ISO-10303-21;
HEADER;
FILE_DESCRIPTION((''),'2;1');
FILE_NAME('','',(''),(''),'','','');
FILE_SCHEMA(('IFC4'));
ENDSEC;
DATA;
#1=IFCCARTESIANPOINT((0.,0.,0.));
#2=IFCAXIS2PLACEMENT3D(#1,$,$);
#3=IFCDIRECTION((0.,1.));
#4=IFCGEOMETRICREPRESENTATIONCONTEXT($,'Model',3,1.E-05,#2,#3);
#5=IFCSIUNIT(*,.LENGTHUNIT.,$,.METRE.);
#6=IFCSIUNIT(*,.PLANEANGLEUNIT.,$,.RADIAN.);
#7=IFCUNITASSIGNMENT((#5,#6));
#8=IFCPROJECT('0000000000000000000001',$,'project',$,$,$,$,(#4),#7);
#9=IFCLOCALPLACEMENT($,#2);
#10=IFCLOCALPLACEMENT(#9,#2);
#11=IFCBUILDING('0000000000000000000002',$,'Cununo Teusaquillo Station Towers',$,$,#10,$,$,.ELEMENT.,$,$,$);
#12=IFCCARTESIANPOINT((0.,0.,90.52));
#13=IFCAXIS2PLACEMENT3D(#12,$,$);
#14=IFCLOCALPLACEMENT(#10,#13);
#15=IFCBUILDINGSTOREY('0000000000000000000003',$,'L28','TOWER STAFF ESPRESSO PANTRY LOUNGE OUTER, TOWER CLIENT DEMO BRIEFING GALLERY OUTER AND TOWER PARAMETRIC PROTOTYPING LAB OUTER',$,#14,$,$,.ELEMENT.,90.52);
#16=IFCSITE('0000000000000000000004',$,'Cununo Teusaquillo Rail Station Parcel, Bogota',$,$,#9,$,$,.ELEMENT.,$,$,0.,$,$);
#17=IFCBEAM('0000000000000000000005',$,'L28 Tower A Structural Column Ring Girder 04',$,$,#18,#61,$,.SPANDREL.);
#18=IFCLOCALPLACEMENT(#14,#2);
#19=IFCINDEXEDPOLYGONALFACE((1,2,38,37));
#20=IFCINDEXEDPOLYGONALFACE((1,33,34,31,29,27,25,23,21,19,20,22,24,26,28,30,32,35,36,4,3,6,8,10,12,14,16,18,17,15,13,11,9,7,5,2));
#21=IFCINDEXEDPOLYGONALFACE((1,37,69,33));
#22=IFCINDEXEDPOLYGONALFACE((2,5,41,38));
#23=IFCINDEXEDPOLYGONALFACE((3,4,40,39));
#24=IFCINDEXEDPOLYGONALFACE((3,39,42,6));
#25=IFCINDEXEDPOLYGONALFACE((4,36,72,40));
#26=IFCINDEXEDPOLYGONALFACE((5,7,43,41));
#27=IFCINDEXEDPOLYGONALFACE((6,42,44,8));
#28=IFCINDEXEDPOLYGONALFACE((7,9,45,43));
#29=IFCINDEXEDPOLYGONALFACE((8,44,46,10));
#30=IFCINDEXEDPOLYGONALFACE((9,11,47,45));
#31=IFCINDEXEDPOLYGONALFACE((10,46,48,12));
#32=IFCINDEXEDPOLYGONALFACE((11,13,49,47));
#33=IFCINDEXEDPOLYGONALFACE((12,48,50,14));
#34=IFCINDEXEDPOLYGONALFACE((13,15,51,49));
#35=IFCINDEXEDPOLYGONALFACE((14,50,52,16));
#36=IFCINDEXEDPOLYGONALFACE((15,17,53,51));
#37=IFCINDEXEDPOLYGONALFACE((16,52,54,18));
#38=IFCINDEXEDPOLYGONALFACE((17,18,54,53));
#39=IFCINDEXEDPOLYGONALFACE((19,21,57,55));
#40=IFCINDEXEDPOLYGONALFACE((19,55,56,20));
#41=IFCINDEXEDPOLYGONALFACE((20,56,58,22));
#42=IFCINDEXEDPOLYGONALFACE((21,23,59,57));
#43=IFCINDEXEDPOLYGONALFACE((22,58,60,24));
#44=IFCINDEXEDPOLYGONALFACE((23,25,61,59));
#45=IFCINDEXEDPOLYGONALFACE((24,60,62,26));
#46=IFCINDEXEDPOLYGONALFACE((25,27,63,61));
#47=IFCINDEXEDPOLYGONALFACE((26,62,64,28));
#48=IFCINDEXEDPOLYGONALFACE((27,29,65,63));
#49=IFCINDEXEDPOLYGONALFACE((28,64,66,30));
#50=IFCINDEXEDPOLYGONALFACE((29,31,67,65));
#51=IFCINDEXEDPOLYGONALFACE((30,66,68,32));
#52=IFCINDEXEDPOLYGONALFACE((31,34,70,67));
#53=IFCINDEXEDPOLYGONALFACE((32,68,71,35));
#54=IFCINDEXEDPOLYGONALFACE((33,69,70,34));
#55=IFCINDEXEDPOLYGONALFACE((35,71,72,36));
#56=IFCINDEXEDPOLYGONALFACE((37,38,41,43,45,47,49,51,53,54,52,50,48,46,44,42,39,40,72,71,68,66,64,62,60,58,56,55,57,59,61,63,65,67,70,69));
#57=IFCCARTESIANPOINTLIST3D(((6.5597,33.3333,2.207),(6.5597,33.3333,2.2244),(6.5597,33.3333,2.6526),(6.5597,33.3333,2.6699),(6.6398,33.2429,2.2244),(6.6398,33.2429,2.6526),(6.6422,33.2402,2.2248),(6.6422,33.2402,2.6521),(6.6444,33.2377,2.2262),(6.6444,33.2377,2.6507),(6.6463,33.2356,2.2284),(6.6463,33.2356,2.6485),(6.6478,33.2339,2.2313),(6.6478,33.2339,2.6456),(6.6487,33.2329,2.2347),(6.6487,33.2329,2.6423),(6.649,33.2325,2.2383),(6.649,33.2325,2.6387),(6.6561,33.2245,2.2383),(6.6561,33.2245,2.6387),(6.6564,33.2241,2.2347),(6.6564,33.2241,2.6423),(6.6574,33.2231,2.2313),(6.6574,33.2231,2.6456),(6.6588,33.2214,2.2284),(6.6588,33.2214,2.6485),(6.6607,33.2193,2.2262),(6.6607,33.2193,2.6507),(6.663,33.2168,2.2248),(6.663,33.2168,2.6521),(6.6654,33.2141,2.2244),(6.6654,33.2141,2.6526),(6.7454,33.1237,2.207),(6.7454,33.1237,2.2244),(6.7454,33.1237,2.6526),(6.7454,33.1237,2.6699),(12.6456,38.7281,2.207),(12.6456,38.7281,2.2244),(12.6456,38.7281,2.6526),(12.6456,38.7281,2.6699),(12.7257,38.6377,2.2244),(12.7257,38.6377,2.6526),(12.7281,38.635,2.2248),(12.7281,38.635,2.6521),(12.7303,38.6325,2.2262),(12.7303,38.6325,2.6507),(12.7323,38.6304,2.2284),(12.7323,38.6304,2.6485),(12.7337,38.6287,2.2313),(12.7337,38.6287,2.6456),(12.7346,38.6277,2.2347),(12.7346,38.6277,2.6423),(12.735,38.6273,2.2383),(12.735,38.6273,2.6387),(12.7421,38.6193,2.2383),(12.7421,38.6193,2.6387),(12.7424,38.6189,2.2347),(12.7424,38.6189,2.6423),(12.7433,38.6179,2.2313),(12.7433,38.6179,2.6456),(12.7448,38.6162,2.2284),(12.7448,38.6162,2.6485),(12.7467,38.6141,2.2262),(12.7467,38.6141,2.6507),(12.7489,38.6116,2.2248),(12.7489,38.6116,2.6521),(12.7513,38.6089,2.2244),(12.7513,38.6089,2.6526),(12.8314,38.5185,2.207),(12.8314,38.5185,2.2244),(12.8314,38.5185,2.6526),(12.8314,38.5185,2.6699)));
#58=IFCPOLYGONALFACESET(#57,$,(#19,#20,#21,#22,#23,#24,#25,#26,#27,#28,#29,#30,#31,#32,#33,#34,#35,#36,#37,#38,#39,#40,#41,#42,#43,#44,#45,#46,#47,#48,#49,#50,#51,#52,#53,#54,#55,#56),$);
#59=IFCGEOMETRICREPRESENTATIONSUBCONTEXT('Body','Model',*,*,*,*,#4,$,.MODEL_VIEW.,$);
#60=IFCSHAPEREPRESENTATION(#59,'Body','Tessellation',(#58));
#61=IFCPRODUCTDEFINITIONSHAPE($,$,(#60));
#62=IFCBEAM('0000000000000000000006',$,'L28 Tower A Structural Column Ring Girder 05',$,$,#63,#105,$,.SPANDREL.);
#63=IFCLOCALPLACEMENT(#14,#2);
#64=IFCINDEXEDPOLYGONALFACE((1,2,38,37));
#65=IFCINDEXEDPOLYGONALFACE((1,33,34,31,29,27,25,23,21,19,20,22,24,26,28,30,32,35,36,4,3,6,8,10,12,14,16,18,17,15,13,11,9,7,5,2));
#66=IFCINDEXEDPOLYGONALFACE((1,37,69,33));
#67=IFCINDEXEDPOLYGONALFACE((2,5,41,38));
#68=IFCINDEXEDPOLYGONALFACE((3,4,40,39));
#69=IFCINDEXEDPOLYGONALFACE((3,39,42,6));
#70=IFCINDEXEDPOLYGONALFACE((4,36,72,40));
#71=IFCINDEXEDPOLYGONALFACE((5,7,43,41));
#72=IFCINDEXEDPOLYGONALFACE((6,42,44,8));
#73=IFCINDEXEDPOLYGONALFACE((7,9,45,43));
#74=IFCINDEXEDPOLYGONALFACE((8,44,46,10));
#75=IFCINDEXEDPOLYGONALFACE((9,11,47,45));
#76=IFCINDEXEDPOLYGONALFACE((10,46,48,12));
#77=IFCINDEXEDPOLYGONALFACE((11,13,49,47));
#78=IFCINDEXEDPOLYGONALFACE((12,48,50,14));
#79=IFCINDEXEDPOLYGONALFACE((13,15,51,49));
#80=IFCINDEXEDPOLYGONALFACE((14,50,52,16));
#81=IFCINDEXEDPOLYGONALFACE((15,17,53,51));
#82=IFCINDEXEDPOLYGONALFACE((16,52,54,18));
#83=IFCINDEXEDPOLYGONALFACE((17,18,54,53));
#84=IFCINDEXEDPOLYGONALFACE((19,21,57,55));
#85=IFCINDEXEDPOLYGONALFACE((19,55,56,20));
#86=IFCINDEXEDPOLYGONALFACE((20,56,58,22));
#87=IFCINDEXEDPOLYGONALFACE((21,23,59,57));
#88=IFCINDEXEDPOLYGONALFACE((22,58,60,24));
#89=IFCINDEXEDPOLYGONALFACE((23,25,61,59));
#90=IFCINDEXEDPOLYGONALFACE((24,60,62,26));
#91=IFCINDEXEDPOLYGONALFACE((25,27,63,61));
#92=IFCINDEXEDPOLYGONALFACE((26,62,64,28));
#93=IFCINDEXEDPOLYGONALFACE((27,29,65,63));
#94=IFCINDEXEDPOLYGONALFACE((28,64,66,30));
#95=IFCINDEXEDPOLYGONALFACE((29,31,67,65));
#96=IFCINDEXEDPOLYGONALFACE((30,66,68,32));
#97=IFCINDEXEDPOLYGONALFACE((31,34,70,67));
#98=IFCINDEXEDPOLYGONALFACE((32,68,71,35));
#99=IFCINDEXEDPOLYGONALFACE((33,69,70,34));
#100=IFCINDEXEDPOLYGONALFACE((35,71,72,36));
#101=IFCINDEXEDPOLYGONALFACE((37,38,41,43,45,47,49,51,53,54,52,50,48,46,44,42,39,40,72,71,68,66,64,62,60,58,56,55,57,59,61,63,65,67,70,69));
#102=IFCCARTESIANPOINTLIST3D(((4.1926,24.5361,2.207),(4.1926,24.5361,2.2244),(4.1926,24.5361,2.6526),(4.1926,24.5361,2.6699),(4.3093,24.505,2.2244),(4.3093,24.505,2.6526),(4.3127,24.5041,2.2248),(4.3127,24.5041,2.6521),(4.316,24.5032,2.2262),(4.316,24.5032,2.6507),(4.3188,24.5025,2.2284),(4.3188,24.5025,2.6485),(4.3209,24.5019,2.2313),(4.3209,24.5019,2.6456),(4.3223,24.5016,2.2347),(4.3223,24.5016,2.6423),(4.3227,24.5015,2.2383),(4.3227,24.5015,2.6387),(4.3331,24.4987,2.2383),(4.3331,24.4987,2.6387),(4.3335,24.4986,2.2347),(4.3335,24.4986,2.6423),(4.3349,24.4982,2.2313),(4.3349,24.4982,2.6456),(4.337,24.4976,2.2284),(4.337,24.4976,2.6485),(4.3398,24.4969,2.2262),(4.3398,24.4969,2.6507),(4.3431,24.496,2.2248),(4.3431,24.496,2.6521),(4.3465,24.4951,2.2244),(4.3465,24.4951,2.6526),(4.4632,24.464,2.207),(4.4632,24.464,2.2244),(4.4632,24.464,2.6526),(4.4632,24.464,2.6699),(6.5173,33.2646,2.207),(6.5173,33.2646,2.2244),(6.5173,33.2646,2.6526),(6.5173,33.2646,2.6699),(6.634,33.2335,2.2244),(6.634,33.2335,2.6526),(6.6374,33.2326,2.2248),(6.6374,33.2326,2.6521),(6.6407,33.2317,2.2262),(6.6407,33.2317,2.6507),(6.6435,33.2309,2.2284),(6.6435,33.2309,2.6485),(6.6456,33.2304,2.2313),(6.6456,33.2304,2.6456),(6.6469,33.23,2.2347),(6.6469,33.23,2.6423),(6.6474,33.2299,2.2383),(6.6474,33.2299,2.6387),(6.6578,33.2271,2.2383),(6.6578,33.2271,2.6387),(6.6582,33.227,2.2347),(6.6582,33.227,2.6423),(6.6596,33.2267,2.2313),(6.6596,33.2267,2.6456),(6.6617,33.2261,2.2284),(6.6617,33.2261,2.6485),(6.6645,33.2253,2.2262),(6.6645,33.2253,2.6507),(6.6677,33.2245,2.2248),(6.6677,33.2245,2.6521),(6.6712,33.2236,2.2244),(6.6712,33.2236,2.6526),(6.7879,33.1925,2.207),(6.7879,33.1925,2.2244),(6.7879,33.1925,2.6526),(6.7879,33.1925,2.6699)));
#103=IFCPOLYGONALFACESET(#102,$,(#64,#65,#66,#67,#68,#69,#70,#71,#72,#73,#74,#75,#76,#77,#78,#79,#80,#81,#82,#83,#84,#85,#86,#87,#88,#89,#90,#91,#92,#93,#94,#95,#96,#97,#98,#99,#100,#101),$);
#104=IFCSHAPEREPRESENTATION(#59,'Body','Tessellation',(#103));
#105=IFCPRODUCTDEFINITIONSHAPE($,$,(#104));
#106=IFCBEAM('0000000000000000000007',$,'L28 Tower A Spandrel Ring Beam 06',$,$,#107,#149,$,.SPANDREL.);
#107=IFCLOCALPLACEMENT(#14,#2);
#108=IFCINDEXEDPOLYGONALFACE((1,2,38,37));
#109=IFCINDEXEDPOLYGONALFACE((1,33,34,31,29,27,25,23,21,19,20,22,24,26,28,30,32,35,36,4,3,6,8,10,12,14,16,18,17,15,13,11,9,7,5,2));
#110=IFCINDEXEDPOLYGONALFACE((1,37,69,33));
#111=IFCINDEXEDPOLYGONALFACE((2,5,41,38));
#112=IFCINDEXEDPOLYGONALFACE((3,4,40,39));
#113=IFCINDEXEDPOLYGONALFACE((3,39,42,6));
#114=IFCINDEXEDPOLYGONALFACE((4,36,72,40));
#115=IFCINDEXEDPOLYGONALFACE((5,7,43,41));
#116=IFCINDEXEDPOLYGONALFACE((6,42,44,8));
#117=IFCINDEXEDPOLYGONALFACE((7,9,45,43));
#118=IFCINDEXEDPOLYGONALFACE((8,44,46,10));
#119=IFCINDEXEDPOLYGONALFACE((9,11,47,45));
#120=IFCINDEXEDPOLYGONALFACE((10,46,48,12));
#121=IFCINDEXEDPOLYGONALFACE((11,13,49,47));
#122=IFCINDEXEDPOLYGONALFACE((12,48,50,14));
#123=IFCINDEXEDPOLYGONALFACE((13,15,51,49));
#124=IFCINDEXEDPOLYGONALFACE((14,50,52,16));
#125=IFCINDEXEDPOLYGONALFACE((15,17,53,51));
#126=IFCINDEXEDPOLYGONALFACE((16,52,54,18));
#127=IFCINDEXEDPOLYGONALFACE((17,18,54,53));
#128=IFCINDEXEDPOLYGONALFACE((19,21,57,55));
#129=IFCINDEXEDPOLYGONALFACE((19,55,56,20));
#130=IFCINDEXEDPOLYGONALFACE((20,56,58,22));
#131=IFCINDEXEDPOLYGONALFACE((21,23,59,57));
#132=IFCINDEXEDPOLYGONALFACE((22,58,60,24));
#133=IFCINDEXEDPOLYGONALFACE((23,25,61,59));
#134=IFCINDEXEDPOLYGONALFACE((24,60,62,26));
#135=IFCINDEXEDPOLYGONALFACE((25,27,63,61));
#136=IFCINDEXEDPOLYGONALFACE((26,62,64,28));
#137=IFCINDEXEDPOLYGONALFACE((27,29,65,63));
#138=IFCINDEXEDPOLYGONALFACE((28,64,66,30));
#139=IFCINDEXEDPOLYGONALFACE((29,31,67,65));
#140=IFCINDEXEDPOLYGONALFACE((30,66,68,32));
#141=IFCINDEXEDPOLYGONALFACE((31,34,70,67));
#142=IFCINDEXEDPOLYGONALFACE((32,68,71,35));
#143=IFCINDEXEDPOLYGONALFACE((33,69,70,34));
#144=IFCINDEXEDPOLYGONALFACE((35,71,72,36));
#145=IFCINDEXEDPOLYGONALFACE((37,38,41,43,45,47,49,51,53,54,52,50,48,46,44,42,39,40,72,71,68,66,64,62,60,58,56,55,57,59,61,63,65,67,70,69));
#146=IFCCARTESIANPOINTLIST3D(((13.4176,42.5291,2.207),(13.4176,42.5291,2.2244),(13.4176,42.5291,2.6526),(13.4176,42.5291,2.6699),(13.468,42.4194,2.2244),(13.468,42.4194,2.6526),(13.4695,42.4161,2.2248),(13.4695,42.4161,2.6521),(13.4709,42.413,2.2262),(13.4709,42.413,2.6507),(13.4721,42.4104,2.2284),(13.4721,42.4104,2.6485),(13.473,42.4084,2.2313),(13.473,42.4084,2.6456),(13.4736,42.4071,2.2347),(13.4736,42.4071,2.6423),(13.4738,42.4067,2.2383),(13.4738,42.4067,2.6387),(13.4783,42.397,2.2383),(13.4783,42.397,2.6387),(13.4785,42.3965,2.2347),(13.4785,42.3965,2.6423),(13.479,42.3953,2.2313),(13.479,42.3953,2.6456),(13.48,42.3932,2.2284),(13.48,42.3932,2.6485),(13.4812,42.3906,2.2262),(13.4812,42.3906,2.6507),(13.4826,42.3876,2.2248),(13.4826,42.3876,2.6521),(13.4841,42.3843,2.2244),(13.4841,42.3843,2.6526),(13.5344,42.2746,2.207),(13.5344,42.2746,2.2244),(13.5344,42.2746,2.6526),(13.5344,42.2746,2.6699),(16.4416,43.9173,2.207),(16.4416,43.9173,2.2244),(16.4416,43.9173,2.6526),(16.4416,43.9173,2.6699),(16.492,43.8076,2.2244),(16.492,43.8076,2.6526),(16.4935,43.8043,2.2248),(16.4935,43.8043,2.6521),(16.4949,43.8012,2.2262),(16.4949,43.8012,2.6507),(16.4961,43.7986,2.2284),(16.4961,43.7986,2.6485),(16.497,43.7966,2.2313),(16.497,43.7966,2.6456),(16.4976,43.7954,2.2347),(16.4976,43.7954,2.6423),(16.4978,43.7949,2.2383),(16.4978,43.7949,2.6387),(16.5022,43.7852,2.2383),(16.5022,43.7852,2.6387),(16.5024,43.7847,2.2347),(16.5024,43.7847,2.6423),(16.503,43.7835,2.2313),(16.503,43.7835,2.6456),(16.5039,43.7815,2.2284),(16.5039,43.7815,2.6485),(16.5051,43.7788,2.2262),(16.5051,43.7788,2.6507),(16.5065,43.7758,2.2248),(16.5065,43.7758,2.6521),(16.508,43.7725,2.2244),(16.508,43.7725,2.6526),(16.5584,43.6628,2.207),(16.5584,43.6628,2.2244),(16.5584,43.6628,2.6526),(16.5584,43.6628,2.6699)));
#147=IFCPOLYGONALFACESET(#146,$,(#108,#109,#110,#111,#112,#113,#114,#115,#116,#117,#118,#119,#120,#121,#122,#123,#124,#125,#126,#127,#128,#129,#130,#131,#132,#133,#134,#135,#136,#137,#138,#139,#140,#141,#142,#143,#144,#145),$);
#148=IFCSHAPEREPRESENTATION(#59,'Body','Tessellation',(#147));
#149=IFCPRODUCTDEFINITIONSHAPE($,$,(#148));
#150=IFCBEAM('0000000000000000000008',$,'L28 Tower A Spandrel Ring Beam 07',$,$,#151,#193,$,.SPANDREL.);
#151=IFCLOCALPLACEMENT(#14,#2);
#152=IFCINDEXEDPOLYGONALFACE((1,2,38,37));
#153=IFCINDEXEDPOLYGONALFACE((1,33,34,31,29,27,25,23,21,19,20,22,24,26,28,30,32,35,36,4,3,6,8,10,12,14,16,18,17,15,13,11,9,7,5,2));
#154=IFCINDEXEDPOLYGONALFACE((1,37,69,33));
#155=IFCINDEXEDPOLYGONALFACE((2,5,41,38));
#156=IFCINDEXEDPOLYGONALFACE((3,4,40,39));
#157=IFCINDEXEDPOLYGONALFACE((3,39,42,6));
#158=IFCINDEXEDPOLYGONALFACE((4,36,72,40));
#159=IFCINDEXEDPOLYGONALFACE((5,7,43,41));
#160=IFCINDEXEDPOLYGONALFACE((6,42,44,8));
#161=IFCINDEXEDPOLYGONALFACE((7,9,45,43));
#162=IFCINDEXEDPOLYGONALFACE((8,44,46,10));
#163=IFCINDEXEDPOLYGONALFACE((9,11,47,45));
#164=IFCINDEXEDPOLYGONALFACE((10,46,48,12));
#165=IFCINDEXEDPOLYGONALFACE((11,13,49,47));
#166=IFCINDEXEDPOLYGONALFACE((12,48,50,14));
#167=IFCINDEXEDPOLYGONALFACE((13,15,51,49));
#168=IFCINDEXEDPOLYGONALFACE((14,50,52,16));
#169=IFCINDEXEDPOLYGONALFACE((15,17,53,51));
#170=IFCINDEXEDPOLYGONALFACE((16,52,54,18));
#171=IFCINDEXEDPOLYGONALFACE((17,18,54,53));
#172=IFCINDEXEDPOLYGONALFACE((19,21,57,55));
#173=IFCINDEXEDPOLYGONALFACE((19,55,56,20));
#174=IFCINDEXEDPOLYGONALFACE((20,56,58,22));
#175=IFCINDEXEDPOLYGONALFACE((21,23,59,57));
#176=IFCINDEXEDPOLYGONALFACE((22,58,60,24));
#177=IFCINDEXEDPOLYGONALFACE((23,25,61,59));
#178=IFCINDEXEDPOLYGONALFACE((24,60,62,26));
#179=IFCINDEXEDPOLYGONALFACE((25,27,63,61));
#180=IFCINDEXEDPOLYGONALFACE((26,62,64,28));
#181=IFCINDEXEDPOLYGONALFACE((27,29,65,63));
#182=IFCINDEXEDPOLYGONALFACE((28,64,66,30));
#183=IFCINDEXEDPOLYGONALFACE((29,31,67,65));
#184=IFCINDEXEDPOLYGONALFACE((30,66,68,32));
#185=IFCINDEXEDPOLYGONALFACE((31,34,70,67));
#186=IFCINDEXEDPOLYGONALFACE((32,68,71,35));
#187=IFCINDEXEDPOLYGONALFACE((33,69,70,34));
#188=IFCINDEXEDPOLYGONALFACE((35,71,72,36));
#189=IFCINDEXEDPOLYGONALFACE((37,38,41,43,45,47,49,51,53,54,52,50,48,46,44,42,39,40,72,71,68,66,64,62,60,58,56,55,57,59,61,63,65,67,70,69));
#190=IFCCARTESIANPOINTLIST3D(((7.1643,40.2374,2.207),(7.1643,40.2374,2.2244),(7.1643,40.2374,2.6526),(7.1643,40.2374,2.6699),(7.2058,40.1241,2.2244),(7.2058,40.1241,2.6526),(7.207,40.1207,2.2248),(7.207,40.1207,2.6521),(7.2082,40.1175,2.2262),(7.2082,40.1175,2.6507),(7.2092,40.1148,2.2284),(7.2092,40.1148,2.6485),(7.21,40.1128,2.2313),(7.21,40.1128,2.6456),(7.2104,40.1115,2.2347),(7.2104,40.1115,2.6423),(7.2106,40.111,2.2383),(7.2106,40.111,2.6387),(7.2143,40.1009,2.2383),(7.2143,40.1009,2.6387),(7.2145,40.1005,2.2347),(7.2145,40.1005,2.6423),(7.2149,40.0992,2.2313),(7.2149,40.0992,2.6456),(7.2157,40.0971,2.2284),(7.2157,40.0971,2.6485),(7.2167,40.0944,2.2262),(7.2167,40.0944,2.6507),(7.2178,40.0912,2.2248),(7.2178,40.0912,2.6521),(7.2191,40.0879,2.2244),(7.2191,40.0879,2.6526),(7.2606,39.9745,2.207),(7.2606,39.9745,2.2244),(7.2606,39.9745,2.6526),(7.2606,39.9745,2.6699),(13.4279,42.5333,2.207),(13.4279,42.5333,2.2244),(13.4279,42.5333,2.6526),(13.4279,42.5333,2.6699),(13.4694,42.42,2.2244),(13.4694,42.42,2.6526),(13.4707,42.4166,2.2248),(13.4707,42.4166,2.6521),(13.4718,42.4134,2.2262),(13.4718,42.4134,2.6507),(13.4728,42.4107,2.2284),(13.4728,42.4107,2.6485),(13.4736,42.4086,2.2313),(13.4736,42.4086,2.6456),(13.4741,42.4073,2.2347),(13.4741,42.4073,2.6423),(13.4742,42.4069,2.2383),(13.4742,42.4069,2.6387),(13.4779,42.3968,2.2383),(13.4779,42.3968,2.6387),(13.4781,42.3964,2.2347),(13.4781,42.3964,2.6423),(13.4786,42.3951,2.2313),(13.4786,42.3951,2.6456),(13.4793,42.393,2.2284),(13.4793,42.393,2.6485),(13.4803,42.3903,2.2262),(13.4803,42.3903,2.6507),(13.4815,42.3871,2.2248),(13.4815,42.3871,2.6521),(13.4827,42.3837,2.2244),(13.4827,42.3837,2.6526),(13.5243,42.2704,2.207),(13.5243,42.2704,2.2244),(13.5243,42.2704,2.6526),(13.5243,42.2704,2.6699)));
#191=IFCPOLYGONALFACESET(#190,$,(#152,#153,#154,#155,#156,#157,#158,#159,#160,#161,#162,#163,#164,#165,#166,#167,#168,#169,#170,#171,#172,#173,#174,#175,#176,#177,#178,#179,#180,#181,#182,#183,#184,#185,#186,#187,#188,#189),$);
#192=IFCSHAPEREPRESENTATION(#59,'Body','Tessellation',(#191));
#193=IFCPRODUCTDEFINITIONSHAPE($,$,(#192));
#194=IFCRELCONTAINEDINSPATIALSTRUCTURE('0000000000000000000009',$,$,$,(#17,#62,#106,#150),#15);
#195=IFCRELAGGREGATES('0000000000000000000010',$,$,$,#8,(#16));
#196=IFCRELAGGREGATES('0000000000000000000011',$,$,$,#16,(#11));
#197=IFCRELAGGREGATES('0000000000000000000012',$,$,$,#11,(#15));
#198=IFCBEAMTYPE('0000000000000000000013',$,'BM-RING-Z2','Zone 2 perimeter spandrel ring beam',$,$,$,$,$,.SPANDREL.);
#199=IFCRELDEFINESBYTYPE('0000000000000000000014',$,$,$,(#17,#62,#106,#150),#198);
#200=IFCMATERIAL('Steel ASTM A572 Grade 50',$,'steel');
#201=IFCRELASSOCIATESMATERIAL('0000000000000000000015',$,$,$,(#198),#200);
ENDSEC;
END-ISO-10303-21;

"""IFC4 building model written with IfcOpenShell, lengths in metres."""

from ifc_helpers import new_model, si_unit, direction, frame, origin, origin_2d, place, context, subcontext, project, spatial, i_section, extrude, material, material_profile, profile_set, type_object, element, save


model = new_model("IFC4")

# Units and contexts
model_context = context("Model", 3, precision=1e-05, world=origin(), true_north=direction((0.0, 1.0)))
body_context = subcontext(model_context, "Body", "Model", "MODEL_VIEW")
ifc_project = project(units=[si_unit("LENGTHUNIT", "METRE"), si_unit("PLANEANGLEUNIT", "RADIAN")], contexts=[model_context])

# Site, building, storey
site_placement = place(None, origin())
site = spatial("IfcSite", under=ifc_project, at=site_placement, Name="Cununo Teusaquillo Rail Station Parcel, Bogota", CompositionType="ELEMENT", RefElevation=0.0)
building_placement = place(site_placement, origin())
building = spatial("IfcBuilding", under=site, at=building_placement, Name="Cununo Teusaquillo Station Towers", CompositionType="ELEMENT")
storey_placement = place(building_placement, frame((0.0, 0.0, 90.52)))
storey = spatial("IfcBuildingStorey", under=building, at=storey_placement, Name="L28", Description="TOWER STAFF ESPRESSO PANTRY LOUNGE OUTER, TOWER CLIENT DEMO BRIEFING GALLERY OUTER AND TOWER PARAMETRIC PROTOTYPING LAB OUTER", CompositionType="ELEMENT", Elevation=90.52)

# Beams
ifc_material_1 = material(Name="Steel ASTM A572 Grade 50", Category="steel")
ifc_material_profile_1 = material_profile(ifc_material_1, i_section(OverallWidth=0.28, OverallDepth=0.4629, WebThickness=0.0107, FlangeThickness=0.0173, FilletRadius=0.0139, at=origin_2d()), Name="W18X76")
ifc_profile_set_1 = profile_set([ifc_material_profile_1], Name="Steel ASTM A572 Grade 50")
beam_type_1 = type_object("IfcBeamType", Name="BM-RING-Z2", Description="Zone 2 perimeter spandrel ring beam", PredefinedType="SPANDREL", material=ifc_profile_set_1)
beam_1_placement = place(storey_placement, frame((12.7385, 38.6233, 2.4385), z_axis=(-0.748321, -0.663337, 0.0), x_axis=(0.663337, -0.748321, 0.0)))
element("IfcBeam", 1, at=beam_1_placement, inside=storey, type_object=beam_type_1, Name="L28 Tower A Structural Column Ring Girder 04", PredefinedType="SPANDREL", context=body_context, shape_type="SweptSolid", body=[
    extrude(i_section(OverallWidth=0.28, OverallDepth=0.4629, WebThickness=0.0107, FlangeThickness=0.0173, FilletRadius=0.0139, at=origin_2d()), origin(), (0.0, 0.0, 1.0), 8.1328),
])
beam_2_placement = place(storey_placement, frame((6.6526, 33.2285, 2.4385), z_axis=(-0.257363, -0.966315, 0.0), x_axis=(0.966315, -0.257363, 0.0)))
element("IfcBeam", 2, at=beam_2_placement, inside=storey, type_object=beam_type_1, Name="L28 Tower A Structural Column Ring Girder 05", PredefinedType="SPANDREL", context=body_context, shape_type="SweptSolid", body=[
    extrude(i_section(OverallWidth=0.28, OverallDepth=0.4629, WebThickness=0.0107, FlangeThickness=0.0173, FilletRadius=0.0139, at=origin_2d()), origin(), (0.0, 0.0, 1.0), 9.0327),
])
beam_3_placement = place(storey_placement, frame((16.5, 43.79, 2.4385), z_axis=(-0.908812, -0.417205, 0.0), x_axis=(0.417205, -0.908812, 0.0)))
element("IfcBeam", 3, at=beam_3_placement, inside=storey, type_object=beam_type_1, Name="L28 Tower A Spandrel Ring Beam 06", PredefinedType="SPANDREL", context=body_context, shape_type="SweptSolid", body=[
    extrude(i_section(OverallWidth=0.28, OverallDepth=0.4629, WebThickness=0.0107, FlangeThickness=0.0173, FilletRadius=0.0139, at=origin_2d()), origin(), (0.0, 0.0, 1.0), 3.3274),
])
beam_4_placement = place(storey_placement, frame((13.4761, 42.4019, 2.4385), z_axis=(-0.938914, -0.344151, 0.0), x_axis=(0.344151, -0.938914, 0.0)))
element("IfcBeam", 4, at=beam_4_placement, inside=storey, type_object=beam_type_1, Name="L28 Tower A Spandrel Ring Beam 07", PredefinedType="SPANDREL", context=body_context, shape_type="SweptSolid", body=[
    extrude(i_section(OverallWidth=0.28, OverallDepth=0.4629, WebThickness=0.0107, FlangeThickness=0.0173, FilletRadius=0.0139, at=origin_2d()), origin(), (0.0, 0.0, 1.0), 6.6711),
])

save(model, "model.ifc")
